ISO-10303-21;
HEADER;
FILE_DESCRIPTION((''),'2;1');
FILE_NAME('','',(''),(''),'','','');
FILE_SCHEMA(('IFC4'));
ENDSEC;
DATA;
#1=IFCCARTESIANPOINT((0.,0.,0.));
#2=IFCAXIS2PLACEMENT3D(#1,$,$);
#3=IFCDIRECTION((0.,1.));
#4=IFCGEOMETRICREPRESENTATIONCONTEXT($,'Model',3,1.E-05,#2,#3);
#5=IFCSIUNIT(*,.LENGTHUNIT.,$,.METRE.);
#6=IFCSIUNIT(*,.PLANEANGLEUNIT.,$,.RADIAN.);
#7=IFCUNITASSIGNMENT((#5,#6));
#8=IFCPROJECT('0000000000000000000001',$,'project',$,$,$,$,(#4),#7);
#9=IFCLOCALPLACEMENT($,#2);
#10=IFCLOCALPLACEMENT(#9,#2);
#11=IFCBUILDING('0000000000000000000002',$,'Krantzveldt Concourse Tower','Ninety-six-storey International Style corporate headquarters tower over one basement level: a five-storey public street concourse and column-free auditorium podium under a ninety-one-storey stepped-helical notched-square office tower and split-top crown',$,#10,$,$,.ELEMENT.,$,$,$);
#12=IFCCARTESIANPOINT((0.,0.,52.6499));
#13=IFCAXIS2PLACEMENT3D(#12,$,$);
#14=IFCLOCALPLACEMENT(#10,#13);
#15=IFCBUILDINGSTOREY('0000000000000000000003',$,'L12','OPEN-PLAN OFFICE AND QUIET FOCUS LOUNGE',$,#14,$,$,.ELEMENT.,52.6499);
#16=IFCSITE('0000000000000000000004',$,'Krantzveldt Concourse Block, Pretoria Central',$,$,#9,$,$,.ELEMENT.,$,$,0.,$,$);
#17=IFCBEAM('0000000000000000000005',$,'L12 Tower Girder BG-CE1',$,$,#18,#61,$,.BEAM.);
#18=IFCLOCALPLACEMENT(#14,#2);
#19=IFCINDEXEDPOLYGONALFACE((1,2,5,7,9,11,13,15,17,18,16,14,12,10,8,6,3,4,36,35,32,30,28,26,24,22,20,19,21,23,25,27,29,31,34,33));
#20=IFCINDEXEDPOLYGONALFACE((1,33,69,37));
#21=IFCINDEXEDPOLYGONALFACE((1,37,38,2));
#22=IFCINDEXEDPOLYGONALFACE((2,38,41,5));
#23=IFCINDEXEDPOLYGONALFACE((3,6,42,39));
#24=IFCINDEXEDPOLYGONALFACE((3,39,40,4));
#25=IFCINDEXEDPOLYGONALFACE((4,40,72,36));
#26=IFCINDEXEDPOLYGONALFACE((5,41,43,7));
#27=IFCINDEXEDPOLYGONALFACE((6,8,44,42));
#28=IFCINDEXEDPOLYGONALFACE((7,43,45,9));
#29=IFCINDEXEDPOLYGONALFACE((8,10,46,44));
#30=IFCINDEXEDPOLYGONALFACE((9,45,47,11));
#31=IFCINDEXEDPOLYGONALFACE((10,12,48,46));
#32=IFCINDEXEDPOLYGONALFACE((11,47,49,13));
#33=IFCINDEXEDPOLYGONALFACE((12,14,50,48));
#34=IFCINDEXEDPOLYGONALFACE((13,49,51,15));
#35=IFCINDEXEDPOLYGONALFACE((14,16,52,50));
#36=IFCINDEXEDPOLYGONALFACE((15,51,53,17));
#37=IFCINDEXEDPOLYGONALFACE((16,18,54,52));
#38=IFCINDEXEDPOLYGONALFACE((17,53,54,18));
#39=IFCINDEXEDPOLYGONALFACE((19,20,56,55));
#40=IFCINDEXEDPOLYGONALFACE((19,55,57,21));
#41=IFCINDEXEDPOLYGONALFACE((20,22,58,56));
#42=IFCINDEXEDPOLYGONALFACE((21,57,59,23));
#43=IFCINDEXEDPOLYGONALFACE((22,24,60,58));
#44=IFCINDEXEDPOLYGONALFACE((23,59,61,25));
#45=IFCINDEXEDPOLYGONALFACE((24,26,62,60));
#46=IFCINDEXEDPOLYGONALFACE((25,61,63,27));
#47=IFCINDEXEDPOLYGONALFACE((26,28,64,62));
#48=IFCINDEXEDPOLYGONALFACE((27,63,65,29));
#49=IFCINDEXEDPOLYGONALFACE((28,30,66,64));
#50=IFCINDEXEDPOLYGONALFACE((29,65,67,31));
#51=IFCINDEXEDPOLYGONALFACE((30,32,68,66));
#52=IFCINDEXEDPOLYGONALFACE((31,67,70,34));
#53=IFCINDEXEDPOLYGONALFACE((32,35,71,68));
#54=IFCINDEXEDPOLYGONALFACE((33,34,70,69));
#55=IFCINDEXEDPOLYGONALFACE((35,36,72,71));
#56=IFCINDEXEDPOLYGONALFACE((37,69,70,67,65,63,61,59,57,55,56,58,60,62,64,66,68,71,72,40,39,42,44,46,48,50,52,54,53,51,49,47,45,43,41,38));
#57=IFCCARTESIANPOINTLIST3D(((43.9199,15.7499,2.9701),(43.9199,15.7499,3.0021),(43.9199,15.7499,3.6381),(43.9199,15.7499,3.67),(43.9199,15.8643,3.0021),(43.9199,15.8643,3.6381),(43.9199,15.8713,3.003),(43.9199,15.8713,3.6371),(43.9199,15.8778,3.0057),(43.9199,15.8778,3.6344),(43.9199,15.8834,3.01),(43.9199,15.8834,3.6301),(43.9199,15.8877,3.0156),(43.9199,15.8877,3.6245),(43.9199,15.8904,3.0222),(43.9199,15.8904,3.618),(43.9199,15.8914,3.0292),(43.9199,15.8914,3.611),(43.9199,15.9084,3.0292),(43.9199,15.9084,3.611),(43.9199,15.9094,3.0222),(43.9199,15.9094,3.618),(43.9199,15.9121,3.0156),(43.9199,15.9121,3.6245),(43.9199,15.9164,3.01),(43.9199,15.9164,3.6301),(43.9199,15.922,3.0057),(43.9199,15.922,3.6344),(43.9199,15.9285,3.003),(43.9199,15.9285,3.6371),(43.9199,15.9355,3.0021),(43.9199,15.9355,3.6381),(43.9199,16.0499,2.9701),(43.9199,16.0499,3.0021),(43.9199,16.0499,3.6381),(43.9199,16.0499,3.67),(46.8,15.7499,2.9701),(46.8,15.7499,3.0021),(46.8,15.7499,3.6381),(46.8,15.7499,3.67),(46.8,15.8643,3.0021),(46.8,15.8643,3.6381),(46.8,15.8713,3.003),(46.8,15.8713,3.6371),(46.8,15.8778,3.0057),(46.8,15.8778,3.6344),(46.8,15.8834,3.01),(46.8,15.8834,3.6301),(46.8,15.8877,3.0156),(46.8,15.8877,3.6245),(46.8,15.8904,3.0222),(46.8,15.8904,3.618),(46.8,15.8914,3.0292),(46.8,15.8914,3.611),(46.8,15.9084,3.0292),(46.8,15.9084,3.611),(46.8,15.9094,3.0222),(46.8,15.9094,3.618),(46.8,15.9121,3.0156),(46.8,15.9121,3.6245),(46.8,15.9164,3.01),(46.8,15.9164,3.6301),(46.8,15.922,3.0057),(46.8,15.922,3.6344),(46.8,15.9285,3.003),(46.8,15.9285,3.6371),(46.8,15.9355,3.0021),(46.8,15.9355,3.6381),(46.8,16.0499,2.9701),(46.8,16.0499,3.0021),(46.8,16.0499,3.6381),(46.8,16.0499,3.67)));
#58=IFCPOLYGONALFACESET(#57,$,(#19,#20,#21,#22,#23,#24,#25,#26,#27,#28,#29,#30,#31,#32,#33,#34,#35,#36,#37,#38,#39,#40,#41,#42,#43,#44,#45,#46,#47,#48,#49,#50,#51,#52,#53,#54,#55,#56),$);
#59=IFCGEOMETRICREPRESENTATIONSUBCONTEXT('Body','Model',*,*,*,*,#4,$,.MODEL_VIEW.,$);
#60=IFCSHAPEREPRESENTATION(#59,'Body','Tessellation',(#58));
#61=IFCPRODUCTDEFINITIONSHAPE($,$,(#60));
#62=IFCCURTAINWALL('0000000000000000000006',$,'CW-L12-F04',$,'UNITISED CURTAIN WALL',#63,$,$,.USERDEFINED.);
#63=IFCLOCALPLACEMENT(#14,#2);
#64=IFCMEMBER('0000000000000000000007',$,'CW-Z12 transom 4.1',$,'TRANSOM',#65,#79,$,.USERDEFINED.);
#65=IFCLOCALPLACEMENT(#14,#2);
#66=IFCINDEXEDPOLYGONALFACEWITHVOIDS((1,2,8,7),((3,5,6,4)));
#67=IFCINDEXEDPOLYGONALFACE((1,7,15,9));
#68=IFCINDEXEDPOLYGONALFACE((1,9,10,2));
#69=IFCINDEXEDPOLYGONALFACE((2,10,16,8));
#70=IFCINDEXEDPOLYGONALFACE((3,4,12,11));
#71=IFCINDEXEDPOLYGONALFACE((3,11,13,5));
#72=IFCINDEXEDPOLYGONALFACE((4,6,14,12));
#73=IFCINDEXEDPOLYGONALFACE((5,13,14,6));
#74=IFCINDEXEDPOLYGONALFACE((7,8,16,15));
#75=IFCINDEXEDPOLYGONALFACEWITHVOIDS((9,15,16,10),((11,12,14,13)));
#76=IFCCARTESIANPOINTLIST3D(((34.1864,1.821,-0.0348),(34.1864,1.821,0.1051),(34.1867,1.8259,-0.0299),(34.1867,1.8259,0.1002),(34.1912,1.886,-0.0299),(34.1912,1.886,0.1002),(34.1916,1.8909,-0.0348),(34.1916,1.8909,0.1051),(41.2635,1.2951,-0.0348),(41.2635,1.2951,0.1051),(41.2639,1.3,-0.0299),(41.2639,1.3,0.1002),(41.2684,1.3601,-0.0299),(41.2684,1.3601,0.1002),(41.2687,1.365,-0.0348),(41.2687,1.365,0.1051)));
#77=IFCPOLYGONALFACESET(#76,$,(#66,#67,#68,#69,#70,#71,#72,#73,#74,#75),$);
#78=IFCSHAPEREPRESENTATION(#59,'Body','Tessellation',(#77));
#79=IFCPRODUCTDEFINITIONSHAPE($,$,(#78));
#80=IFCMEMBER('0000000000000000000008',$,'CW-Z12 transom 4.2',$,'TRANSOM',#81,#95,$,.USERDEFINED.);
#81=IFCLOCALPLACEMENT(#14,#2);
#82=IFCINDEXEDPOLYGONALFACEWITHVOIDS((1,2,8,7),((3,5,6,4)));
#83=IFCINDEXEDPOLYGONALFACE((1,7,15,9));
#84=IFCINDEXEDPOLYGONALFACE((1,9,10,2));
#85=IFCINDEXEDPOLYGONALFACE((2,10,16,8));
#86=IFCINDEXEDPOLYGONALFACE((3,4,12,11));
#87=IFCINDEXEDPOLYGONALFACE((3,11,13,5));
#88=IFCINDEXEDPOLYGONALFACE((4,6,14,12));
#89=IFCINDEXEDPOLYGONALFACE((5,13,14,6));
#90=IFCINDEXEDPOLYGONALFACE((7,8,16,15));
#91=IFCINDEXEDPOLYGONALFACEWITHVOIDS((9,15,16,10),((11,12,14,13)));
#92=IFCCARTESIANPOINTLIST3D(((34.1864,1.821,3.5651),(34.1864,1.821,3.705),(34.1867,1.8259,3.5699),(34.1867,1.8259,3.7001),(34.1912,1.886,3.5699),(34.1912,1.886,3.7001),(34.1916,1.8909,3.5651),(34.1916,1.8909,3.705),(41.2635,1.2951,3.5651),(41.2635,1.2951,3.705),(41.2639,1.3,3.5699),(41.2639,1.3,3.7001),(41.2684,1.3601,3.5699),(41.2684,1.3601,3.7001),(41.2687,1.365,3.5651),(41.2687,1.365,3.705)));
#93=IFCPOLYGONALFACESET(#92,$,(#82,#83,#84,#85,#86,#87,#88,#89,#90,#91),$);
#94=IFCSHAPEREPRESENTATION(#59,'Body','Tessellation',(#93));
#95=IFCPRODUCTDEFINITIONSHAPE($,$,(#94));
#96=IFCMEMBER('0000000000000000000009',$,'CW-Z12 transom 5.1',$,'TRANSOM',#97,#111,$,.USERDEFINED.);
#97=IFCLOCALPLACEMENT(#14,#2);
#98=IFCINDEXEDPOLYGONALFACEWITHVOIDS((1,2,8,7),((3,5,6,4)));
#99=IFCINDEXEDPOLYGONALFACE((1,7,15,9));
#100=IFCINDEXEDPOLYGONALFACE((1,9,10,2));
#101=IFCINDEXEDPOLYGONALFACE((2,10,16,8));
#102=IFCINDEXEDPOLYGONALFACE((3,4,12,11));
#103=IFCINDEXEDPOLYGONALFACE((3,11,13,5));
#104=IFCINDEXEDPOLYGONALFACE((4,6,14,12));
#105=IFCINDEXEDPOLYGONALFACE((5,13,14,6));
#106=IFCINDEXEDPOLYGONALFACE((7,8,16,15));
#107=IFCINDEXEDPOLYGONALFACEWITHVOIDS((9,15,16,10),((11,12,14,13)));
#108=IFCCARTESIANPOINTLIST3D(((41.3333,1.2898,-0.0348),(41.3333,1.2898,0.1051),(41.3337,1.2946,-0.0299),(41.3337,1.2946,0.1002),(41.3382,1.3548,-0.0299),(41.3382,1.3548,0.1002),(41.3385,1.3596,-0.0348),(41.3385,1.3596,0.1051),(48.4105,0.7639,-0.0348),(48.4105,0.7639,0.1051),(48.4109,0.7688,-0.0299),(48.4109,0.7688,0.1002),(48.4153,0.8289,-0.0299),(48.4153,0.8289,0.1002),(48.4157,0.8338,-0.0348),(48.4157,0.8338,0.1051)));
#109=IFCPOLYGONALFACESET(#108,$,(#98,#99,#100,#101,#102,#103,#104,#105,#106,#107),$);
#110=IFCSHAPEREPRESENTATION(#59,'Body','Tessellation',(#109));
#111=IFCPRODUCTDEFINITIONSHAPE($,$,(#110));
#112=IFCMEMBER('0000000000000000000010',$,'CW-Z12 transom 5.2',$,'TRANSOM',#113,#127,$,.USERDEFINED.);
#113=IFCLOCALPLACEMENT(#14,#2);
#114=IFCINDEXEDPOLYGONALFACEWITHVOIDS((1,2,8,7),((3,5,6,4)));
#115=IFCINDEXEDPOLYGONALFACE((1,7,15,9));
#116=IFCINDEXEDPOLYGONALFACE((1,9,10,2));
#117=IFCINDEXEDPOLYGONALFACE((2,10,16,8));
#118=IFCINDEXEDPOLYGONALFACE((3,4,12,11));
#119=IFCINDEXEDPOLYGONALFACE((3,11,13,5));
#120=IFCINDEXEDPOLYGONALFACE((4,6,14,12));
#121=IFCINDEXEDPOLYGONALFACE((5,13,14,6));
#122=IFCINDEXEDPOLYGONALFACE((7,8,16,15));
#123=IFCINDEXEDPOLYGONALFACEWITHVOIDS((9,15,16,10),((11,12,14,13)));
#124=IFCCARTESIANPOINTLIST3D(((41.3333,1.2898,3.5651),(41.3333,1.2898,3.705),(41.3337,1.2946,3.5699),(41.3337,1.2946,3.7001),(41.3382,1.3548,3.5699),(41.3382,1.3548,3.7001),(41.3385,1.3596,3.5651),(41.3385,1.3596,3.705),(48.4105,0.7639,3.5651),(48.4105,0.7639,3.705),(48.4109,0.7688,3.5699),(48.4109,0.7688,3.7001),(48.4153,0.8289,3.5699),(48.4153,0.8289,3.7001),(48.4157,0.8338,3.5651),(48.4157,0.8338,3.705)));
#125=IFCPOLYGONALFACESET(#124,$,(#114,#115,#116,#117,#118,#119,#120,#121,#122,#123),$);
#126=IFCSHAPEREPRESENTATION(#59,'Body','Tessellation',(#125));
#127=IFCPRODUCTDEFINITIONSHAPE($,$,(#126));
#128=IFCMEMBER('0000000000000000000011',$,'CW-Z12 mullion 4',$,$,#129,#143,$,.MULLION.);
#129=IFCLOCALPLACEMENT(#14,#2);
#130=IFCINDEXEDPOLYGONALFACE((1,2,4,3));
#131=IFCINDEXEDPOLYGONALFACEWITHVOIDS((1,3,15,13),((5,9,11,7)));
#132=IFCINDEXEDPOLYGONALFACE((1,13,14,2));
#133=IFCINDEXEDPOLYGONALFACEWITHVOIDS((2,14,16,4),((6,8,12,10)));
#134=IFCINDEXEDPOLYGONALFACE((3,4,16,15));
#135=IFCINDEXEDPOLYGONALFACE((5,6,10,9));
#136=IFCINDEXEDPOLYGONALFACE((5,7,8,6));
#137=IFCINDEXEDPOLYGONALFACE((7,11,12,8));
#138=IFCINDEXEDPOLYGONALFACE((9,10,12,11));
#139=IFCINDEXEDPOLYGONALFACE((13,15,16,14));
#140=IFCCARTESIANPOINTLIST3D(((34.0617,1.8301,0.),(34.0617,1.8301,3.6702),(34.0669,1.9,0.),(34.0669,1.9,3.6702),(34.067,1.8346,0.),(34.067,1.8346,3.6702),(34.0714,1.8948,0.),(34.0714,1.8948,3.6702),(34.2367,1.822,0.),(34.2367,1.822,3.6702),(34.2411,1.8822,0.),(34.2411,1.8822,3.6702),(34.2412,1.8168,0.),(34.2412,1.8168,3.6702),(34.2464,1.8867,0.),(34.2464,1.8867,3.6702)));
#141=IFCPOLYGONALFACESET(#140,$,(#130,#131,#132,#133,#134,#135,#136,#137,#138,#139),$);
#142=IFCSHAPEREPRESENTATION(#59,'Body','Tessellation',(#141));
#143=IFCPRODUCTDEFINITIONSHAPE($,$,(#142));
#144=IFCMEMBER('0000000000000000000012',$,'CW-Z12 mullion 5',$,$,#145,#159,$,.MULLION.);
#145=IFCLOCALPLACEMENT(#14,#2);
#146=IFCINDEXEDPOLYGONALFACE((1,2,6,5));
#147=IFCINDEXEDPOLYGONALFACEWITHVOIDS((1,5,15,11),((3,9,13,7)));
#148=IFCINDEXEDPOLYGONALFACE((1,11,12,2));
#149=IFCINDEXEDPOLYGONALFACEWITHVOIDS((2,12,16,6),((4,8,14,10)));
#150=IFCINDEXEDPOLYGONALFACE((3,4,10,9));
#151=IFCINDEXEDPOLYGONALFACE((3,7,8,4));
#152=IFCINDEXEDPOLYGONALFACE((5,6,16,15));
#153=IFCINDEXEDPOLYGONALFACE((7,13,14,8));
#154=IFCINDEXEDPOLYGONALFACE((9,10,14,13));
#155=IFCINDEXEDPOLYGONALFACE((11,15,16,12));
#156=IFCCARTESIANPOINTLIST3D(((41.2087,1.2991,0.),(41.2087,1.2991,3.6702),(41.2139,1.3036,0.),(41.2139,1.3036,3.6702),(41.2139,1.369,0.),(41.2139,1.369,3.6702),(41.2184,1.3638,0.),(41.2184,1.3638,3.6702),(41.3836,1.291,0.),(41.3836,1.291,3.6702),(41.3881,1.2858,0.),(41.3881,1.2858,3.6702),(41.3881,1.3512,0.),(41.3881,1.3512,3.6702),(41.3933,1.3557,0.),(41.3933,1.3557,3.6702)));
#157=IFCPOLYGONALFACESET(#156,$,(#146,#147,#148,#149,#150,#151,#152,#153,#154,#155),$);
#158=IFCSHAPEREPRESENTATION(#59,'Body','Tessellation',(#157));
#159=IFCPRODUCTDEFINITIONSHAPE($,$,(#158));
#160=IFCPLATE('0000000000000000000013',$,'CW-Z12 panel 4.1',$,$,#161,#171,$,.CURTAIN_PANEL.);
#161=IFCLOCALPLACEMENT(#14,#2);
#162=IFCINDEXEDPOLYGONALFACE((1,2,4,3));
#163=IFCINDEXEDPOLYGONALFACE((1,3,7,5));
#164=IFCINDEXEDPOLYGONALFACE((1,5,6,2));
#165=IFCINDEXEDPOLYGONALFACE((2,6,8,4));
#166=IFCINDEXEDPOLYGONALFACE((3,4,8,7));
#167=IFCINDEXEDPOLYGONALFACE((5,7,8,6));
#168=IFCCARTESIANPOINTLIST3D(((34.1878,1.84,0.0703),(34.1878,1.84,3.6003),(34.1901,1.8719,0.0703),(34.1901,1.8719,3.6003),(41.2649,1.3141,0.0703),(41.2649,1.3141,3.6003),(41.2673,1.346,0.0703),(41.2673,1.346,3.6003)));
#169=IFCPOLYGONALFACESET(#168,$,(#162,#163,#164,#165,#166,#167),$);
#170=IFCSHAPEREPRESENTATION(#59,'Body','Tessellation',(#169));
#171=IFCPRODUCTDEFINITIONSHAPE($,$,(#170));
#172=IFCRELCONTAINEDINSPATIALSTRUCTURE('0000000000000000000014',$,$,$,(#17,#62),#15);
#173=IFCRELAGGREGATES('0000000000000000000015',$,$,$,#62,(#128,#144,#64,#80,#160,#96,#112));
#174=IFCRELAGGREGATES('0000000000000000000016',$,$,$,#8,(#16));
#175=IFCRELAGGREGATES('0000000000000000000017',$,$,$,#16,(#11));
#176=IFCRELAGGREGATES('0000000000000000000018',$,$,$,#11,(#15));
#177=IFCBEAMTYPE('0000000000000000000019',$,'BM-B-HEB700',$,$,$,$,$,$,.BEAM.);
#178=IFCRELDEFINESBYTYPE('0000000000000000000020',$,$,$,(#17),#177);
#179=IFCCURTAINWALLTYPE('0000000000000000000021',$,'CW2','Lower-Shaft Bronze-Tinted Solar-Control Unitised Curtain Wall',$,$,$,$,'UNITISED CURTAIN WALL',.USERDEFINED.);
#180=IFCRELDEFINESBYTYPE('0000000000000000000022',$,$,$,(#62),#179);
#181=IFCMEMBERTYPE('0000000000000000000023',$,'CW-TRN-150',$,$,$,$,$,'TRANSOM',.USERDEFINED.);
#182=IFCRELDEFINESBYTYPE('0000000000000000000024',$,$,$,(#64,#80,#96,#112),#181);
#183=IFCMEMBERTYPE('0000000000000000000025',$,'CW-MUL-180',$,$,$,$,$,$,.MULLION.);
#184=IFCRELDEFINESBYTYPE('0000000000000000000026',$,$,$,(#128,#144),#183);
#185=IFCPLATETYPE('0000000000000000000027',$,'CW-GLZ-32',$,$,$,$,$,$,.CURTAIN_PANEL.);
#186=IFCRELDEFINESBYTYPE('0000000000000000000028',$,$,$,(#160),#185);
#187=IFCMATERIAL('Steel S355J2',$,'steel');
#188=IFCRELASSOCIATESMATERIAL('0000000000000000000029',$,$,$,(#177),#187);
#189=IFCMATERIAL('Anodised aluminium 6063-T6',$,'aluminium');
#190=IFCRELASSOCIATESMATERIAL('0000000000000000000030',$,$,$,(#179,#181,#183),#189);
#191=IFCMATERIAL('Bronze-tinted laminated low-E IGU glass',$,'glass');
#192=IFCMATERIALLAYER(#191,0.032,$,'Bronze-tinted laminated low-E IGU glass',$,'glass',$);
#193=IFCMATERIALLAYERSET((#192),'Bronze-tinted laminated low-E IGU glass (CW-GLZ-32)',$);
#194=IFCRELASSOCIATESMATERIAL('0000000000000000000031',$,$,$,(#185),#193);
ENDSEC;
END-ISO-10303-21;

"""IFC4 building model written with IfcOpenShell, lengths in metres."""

from ifc_helpers import new_model, si_unit, direction, frame, origin, origin_2d, place, context, subcontext, project, spatial, rectangle, hollow_rectangle, i_section, extrude, source, transform, mapped, material, layer, layer_set, material_profile, profile_set, type_object, type_shapes, element, aggregate, save


model = new_model("IFC4")

# Units and contexts
model_context = context("Model", 3, precision=1e-05, world=origin(), true_north=direction((0.0, 1.0)))
body_context = subcontext(model_context, "Body", "Model", "MODEL_VIEW")
ifc_project = project(units=[si_unit("LENGTHUNIT", "METRE"), si_unit("PLANEANGLEUNIT", "RADIAN")], contexts=[model_context])

# Site, building, storey
site_placement = place(None, origin())
site = spatial("IfcSite", under=ifc_project, at=site_placement, Name="Krantzveldt Concourse Block, Pretoria Central", CompositionType="ELEMENT", RefElevation=0.0)
building_placement = place(site_placement, origin())
building = spatial("IfcBuilding", under=site, at=building_placement, Name="Krantzveldt Concourse Tower", Description="Ninety-six-storey International Style corporate headquarters tower over one basement level: a five-storey public street concourse and column-free auditorium podium under a ninety-one-storey stepped-helical notched-square office tower and split-top crown", CompositionType="ELEMENT")
storey_placement = place(building_placement, frame((0.0, 0.0, 52.6499)))
storey = spatial("IfcBuildingStorey", under=building, at=storey_placement, Name="L12", Description="OPEN-PLAN OFFICE AND QUIET FOCUS LOUNGE", CompositionType="ELEMENT", Elevation=52.6499)

# Beam
ifc_material_1 = material(Name="Steel S355J2", Category="steel")
ifc_material_profile_1 = material_profile(ifc_material_1, i_section(OverallWidth=0.3, OverallDepth=0.7, WebThickness=0.0171, FlangeThickness=0.032, FilletRadius=0.0271, at=origin_2d()), Name="Steel S355J2", Category="steel")
ifc_profile_set_1 = profile_set([ifc_material_profile_1], Name="Steel S355J2 - HEB 700")
beam_type = type_object("IfcBeamType", Name="BM-B-HEB700", PredefinedType="BEAM", material=ifc_profile_set_1)
shared_shape_1 = source(origin(), body_context, "Body", "SweptSolid", [
    extrude(i_section(OverallWidth=0.3, OverallDepth=0.7, WebThickness=0.0171, FlangeThickness=0.032, FilletRadius=0.0271, at=origin_2d()), origin(), (0.0, 0.0, 1.0), 2.8801),
])
type_shapes(beam_type, [shared_shape_1])
beam_placement = place(storey_placement, frame((43.9199, 15.8999, 3.3201), z_axis=(1.0, 0.0, 0.0), x_axis=(0.0, 1.0, 0.0)))
element("IfcBeam", 1, at=beam_placement, inside=storey, type_object=beam_type, Name="L12 Tower Girder BG-CE1", PredefinedType="BEAM", context=body_context, shape_type="MappedRepresentation", body=[
    mapped(shared_shape_1, transform((0.0, 0.0, 0.0), x_axis=(1.0, 0.0, 0.0), y_axis=(0.0, 1.0, 0.0), z_axis=(0.0, 0.0, 1.0), scale=1.0)),
])

# Curtain wall, members, plate
ifc_material_2 = material(Name="Anodised aluminium 6063-T6", Category="aluminium")
curtain_wall_type = type_object("IfcCurtainWallType", Name="CW2", Description="Lower-Shaft Bronze-Tinted Solar-Control Unitised Curtain Wall", ElementType="UNITISED CURTAIN WALL", PredefinedType="USERDEFINED", material=ifc_material_2)
curtain_wall_placement = place(storey_placement, origin())
curtain_wall = element("IfcCurtainWall", 2, at=curtain_wall_placement, inside=storey, type_object=curtain_wall_type, Name="CW-L12-F04", ObjectType="UNITISED CURTAIN WALL", PredefinedType="USERDEFINED")
ifc_material_profile_2 = material_profile(ifc_material_2, hollow_rectangle(XDim=0.0701, YDim=0.1399, WallThickness=0.0049, at=origin_2d()), Name="Anodised aluminium 6063-T6", Category="aluminium")
ifc_profile_set_2 = profile_set([ifc_material_profile_2], Name="Anodised aluminium 6063-T6 - ALU-TRAN 140x70x5")
member_type_1 = type_object("IfcMemberType", Name="CW-TRN-150", ElementType="TRANSOM", PredefinedType="USERDEFINED", material=ifc_profile_set_2)
shared_shape_2 = source(origin(), body_context, "Body", "SweptSolid", [
    extrude(hollow_rectangle(XDim=0.0701, YDim=0.1399, WallThickness=0.0049, at=origin_2d()), origin(), (0.0, 0.0, 1.0), 7.0967),
])
type_shapes(member_type_1, [shared_shape_2])
member_1_placement = place(storey_placement, frame((34.189, 1.856, 0.0352), z_axis=(0.997251, -0.074102, 0.0), x_axis=(0.074102, 0.997251, 0.0)))
member_1 = element("IfcMember", 3, at=member_1_placement, type_object=member_type_1, Name="CW-Z12 transom 4.1", ObjectType="TRANSOM", PredefinedType="USERDEFINED", context=body_context, shape_type="MappedRepresentation", body=[
    mapped(shared_shape_2, transform((0.0, 0.0, 0.0), x_axis=(1.0, 0.0, 0.0), y_axis=(0.0, 1.0, 0.0), z_axis=(0.0, 0.0, 1.0), scale=1.0)),
])
member_2_placement = place(storey_placement, frame((34.189, 1.856, 3.635), z_axis=(0.997251, -0.074102, 0.0), x_axis=(0.074102, 0.997251, 0.0)))
member_2 = element("IfcMember", 4, at=member_2_placement, type_object=member_type_1, Name="CW-Z12 transom 4.2", ObjectType="TRANSOM", PredefinedType="USERDEFINED", context=body_context, shape_type="MappedRepresentation", body=[
    mapped(shared_shape_2, transform((0.0, 0.0, 0.0), x_axis=(1.0, 0.0, 0.0), y_axis=(0.0, 1.0, 0.0), z_axis=(0.0, 0.0, 1.0), scale=1.0)),
])
member_3_placement = place(storey_placement, frame((41.3359, 1.3247, 0.0352), z_axis=(0.997251, -0.074102, 0.0), x_axis=(0.074102, 0.997251, 0.0)))
member_3 = element("IfcMember", 5, at=member_3_placement, type_object=member_type_1, Name="CW-Z12 transom 5.1", ObjectType="TRANSOM", PredefinedType="USERDEFINED", context=body_context, shape_type="MappedRepresentation", body=[
    mapped(shared_shape_2, transform((0.0, 0.0, 0.0), x_axis=(1.0, 0.0, 0.0), y_axis=(0.0, 1.0, 0.0), z_axis=(0.0, 0.0, 1.0), scale=1.0)),
])
member_4_placement = place(storey_placement, frame((41.3359, 1.3247, 3.635), z_axis=(0.997251, -0.074102, 0.0), x_axis=(0.074102, 0.997251, 0.0)))
member_4 = element("IfcMember", 6, at=member_4_placement, type_object=member_type_1, Name="CW-Z12 transom 5.2", ObjectType="TRANSOM", PredefinedType="USERDEFINED", context=body_context, shape_type="MappedRepresentation", body=[
    mapped(shared_shape_2, transform((0.0, 0.0, 0.0), x_axis=(1.0, 0.0, 0.0), y_axis=(0.0, 1.0, 0.0), z_axis=(0.0, 0.0, 1.0), scale=1.0)),
])
ifc_material_profile_3 = material_profile(ifc_material_2, hollow_rectangle(XDim=0.0701, YDim=0.1799, WallThickness=0.0049, at=origin_2d()), Name="Anodised aluminium 6063-T6", Category="aluminium")
ifc_profile_set_3 = profile_set([ifc_material_profile_3], Name="Anodised aluminium 6063-T6 - ALU-MULL 180x70x5")
member_type_2 = type_object("IfcMemberType", Name="CW-MUL-180", PredefinedType="MULLION", material=ifc_profile_set_3)
shared_shape_3 = source(origin(), body_context, "Body", "SweptSolid", [
    extrude(hollow_rectangle(XDim=0.0701, YDim=0.1799, WallThickness=0.0049, at=origin_2d()), origin(), (0.0, 0.0, 1.0), 3.6702),
])
type_shapes(member_type_2, [shared_shape_3])
member_5_placement = place(storey_placement, frame((34.1541, 1.8584, 0.0), z_axis=(0.0, 0.0, 1.0), x_axis=(0.074109, 0.99725, 0.0)))
member_5 = element("IfcMember", 7, at=member_5_placement, type_object=member_type_2, Name="CW-Z12 mullion 4", PredefinedType="MULLION", context=body_context, shape_type="MappedRepresentation", body=[
    mapped(shared_shape_3, transform((0.0, 0.0, 0.0), x_axis=(1.0, 0.0, 0.0), y_axis=(0.0, 1.0, 0.0), z_axis=(0.0, 0.0, 1.0), scale=1.0)),
])
member_6_placement = place(storey_placement, frame((41.301, 1.3274, 0.0), z_axis=(0.0, 0.0, 1.0), x_axis=(0.074109, 0.99725, 0.0)))
member_6 = element("IfcMember", 8, at=member_6_placement, type_object=member_type_2, Name="CW-Z12 mullion 5", PredefinedType="MULLION", context=body_context, shape_type="MappedRepresentation", body=[
    mapped(shared_shape_3, transform((0.0, 0.0, 0.0), x_axis=(1.0, 0.0, 0.0), y_axis=(0.0, 1.0, 0.0), z_axis=(0.0, 0.0, 1.0), scale=1.0)),
])
ifc_material_3 = material(Name="Bronze-tinted laminated low-E IGU glass", Category="glass")
ifc_layer_1 = layer(ifc_material_3, 0.032, Name="Bronze-tinted laminated low-E IGU glass", Category="glass")
ifc_layer_set_1 = layer_set([ifc_layer_1], Name="Bronze-tinted laminated low-E IGU glass (CW-GLZ-32)")
plate_type = type_object("IfcPlateType", Name="CW-GLZ-32", PredefinedType="CURTAIN_PANEL", material=ifc_layer_set_1)
shared_shape_4 = source(origin(), body_context, "Body", "SweptSolid", [
    extrude(rectangle(XDim=7.0967, YDim=0.032, at=origin_2d()), origin(), (0.0, 0.0, 1.0), 3.53),
])
type_shapes(plate_type, [shared_shape_4])
plate_placement = place(storey_placement, frame((37.7275, 1.593, 0.0703), z_axis=(0.0, 0.0, 1.0), x_axis=(0.99725, -0.074109, 0.0)))
plate = element("IfcPlate", 9, at=plate_placement, type_object=plate_type, Name="CW-Z12 panel 4.1", PredefinedType="CURTAIN_PANEL", context=body_context, shape_type="MappedRepresentation", body=[
    mapped(shared_shape_4, transform((0.0, 0.0, 0.0), x_axis=(1.0, 0.0, 0.0), y_axis=(0.0, 1.0, 0.0), z_axis=(0.0, 0.0, 1.0), scale=1.0)),
])
aggregate(curtain_wall, [member_5, member_6, member_1, member_2, plate, member_3, member_4])

save(model, "model.ifc")
